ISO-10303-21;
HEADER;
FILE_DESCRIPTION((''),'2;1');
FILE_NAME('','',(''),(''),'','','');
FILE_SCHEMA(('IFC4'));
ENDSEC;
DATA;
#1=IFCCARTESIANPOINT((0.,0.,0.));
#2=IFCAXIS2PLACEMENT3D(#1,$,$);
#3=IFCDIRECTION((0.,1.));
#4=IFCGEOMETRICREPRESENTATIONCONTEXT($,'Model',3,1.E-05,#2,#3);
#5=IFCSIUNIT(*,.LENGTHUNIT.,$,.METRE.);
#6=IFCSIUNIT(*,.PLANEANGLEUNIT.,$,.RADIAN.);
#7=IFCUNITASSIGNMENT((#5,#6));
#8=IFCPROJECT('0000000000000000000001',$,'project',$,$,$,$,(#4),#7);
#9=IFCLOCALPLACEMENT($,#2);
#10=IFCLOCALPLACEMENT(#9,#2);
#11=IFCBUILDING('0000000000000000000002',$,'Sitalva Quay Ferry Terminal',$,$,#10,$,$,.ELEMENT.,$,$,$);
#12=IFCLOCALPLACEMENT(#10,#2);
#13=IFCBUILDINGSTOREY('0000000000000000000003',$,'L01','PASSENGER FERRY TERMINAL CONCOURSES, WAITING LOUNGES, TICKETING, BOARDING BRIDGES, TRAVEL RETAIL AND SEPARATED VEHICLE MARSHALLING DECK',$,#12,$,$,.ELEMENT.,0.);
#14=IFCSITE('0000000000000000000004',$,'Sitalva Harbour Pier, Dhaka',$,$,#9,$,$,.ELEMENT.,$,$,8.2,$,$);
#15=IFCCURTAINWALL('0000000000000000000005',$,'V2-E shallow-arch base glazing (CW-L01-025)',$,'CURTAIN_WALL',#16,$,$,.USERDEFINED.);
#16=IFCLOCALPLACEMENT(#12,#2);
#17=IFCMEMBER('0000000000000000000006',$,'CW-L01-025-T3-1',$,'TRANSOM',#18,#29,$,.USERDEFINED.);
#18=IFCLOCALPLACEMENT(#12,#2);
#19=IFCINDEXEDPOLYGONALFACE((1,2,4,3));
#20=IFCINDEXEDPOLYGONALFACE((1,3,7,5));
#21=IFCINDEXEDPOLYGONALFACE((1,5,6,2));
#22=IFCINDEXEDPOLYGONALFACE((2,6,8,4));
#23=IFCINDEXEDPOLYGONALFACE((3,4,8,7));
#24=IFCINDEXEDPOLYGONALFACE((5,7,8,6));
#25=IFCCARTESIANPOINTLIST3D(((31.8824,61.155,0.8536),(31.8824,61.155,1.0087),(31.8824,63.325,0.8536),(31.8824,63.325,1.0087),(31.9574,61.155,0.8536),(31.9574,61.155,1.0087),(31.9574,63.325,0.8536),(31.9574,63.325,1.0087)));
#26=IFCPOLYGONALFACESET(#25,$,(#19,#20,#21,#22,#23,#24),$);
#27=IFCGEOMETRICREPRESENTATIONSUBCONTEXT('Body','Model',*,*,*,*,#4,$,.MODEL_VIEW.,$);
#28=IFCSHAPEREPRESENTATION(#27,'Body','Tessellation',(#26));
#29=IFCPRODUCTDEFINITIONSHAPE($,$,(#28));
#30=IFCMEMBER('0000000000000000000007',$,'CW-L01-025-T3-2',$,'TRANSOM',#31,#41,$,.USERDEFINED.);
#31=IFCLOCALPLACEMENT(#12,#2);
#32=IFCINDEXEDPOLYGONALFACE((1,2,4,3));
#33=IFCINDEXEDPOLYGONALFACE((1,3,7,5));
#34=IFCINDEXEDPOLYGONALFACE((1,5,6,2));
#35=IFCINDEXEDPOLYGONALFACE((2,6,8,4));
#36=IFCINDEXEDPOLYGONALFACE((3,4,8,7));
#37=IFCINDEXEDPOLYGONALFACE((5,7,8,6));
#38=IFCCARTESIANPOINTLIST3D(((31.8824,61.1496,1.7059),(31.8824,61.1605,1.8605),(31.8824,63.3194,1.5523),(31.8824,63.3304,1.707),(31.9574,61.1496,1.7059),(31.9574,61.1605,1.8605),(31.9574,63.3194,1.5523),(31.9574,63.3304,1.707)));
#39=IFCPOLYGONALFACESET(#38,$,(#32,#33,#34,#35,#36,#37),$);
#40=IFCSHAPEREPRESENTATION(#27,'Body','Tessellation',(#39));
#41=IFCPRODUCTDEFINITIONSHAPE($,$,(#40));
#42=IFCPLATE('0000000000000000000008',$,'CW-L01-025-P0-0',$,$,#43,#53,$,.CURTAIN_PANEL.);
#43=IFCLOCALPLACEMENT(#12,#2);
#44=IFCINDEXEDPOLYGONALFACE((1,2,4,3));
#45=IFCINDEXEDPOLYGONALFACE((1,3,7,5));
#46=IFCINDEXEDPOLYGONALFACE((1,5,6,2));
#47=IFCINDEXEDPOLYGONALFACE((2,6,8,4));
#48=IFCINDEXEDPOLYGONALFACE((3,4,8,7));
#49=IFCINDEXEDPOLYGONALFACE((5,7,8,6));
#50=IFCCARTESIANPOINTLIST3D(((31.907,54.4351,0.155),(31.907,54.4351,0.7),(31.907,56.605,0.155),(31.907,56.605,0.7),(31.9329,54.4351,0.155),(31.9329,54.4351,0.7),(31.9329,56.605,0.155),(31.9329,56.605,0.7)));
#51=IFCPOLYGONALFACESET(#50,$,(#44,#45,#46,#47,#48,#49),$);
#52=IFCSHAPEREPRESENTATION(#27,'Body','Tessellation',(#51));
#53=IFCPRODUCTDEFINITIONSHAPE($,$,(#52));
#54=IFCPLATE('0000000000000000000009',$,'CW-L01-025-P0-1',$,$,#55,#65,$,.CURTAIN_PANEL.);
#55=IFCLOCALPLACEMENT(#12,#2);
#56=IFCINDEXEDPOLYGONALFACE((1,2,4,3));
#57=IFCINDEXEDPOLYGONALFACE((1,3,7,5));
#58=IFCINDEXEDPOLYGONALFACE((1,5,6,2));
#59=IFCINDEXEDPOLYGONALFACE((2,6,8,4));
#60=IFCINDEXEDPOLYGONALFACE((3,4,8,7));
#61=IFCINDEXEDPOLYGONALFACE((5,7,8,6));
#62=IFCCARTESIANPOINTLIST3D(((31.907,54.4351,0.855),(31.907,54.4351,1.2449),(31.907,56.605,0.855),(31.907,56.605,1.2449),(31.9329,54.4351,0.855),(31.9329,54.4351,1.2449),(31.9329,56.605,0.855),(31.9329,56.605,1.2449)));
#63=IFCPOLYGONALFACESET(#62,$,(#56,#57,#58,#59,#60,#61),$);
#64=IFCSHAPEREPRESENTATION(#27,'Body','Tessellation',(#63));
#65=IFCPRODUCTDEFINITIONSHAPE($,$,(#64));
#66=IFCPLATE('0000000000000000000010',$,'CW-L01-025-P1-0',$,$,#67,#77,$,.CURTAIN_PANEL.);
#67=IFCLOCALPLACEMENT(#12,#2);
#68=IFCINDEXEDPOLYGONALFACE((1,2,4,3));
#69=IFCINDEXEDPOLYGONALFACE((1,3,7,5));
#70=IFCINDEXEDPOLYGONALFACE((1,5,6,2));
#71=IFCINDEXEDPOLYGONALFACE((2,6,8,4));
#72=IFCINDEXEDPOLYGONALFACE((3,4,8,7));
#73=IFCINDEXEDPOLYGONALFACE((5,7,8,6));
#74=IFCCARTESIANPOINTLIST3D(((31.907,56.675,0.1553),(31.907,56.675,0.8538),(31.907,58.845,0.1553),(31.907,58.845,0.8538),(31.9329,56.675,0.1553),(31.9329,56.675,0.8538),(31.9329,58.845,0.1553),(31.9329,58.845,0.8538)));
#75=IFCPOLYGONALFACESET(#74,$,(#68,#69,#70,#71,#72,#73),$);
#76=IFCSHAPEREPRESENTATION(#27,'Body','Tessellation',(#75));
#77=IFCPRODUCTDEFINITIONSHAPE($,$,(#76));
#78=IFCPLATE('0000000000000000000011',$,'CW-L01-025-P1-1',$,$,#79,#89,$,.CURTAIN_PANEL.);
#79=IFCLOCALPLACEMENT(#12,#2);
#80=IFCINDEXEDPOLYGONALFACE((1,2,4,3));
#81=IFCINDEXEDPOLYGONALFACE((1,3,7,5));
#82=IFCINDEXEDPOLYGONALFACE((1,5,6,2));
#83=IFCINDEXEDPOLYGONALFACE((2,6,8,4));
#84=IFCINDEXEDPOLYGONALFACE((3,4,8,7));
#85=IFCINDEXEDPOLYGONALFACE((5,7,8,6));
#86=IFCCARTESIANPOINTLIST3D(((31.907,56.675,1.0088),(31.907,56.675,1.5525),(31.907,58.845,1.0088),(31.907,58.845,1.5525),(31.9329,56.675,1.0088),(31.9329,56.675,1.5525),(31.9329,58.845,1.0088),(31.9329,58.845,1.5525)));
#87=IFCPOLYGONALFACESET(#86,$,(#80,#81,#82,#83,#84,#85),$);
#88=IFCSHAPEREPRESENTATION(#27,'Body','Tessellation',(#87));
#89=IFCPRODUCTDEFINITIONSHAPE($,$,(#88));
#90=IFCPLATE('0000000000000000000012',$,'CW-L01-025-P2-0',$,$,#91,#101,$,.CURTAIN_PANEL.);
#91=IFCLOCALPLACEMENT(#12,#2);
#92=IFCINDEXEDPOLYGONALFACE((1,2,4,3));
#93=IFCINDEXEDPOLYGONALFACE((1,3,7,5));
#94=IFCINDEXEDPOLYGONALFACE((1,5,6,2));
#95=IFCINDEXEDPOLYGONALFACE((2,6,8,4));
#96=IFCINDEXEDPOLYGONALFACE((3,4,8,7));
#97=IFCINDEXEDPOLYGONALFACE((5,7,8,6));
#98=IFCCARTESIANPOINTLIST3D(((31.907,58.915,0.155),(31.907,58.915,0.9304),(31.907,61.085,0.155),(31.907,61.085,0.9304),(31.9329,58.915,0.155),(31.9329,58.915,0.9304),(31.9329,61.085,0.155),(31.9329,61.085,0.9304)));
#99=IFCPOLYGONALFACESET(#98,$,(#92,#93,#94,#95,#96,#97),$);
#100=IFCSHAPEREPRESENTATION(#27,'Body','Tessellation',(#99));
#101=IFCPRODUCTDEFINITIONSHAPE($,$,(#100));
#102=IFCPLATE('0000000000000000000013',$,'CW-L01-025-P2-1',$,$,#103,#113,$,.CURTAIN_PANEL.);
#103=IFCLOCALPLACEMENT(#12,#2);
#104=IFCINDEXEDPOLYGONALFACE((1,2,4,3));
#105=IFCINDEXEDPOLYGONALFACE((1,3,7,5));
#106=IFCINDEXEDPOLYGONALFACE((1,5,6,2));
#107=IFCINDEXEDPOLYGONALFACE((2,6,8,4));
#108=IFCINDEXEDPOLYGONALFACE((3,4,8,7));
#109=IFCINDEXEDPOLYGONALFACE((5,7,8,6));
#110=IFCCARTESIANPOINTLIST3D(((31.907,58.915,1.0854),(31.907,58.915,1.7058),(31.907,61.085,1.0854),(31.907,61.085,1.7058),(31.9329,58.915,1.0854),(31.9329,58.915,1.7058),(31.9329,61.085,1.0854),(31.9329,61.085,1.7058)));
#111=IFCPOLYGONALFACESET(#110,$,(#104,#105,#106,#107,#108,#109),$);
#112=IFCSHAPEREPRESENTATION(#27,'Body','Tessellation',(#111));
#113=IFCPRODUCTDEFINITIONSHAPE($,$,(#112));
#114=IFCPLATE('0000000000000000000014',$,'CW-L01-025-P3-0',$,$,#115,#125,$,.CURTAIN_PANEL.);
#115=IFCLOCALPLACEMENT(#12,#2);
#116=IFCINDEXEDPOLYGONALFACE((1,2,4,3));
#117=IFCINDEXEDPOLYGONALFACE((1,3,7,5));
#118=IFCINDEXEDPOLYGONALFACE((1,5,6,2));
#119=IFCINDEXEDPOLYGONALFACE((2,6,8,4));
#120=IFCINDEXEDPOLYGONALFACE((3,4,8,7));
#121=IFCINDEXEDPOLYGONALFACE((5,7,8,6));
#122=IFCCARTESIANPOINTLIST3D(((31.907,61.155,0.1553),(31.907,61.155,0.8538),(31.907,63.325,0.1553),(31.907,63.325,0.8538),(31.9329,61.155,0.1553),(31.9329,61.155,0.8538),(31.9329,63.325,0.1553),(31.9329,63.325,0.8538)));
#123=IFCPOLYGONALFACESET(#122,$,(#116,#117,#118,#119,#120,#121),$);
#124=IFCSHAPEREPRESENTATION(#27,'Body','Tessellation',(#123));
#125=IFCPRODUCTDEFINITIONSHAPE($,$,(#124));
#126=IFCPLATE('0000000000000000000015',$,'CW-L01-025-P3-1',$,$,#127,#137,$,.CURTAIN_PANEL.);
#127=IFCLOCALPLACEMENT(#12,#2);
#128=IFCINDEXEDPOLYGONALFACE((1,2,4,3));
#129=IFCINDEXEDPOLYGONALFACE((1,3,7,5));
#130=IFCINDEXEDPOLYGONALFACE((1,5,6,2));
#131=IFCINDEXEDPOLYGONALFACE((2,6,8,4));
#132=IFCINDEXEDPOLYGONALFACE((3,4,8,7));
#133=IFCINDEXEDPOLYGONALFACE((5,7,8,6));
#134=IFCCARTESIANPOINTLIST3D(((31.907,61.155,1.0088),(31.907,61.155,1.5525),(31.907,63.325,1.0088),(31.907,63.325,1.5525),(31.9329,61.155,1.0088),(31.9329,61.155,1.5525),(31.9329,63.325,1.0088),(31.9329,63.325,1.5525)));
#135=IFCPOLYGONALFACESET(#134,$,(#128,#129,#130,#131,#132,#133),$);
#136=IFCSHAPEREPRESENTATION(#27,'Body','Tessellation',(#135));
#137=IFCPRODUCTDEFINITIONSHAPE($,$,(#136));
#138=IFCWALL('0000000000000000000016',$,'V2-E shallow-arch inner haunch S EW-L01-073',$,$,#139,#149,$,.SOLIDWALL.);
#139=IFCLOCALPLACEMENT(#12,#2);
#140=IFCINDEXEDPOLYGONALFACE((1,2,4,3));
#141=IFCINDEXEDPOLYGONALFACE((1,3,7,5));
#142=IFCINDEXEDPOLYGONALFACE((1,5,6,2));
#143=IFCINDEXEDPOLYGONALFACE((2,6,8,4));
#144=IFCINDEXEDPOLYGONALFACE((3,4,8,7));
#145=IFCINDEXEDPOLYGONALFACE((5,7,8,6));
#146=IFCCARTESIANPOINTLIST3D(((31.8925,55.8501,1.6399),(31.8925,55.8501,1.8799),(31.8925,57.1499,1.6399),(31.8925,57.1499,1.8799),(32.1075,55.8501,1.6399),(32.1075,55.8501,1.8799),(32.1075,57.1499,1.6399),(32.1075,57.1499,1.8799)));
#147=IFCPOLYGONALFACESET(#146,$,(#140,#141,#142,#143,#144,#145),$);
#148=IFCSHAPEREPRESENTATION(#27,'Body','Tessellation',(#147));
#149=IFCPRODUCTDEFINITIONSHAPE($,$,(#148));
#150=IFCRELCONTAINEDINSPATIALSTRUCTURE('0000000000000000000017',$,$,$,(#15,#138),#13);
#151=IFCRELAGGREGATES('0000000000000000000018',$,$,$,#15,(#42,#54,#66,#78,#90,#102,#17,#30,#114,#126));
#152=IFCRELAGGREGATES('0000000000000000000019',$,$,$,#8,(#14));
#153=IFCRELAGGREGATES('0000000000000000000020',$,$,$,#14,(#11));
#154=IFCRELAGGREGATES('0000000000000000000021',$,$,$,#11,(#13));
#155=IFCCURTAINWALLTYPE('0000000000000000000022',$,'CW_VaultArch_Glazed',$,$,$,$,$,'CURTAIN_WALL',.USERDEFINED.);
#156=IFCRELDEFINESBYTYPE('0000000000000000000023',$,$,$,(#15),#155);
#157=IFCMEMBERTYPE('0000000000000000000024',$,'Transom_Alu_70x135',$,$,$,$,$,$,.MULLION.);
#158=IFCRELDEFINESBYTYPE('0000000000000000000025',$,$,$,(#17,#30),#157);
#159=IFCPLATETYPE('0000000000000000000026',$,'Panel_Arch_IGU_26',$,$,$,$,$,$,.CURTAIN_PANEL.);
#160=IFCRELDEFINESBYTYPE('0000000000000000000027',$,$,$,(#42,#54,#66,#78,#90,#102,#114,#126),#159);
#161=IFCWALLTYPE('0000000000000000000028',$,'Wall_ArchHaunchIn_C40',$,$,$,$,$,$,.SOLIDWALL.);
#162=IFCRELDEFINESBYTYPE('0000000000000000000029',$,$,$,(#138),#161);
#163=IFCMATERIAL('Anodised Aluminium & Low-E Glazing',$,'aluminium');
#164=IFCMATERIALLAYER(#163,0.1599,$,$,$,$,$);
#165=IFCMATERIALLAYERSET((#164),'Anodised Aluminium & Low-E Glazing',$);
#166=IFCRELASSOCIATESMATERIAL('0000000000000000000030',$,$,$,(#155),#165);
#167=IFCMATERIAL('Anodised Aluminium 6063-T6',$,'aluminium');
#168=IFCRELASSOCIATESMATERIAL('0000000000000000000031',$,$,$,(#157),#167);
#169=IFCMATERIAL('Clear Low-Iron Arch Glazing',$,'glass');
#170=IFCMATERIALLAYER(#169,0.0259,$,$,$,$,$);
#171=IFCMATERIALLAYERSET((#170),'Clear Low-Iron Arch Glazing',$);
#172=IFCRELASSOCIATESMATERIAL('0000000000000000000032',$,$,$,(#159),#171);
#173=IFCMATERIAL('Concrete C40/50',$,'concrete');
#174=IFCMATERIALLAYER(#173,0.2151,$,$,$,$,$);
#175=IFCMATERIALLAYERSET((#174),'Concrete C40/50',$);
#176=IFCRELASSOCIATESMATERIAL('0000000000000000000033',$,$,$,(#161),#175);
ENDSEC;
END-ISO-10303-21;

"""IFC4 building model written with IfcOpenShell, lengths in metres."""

from ifc_helpers import new_model, si_unit, direction, frame, frame_2d, origin, origin_2d, place, context, subcontext, project, spatial, rectangle, extrude, material, layer, layer_set, material_profile, profile_set, type_object, element, aggregate, save


model = new_model("IFC4")

# Units and contexts
model_context = context("Model", 3, precision=1e-05, world=origin(), true_north=direction((0.0, 1.0)))
body_context = subcontext(model_context, "Body", "Model", "MODEL_VIEW")
ifc_project = project(units=[si_unit("LENGTHUNIT", "METRE"), si_unit("PLANEANGLEUNIT", "RADIAN")], contexts=[model_context])

# Site, building, storey
site_placement = place(None, origin())
site = spatial("IfcSite", under=ifc_project, at=site_placement, Name="Sitalva Harbour Pier, Dhaka", CompositionType="ELEMENT", RefElevation=8.2)
building_placement = place(site_placement, origin())
building = spatial("IfcBuilding", under=site, at=building_placement, Name="Sitalva Quay Ferry Terminal", CompositionType="ELEMENT")
storey_placement = place(building_placement, origin())
storey = spatial("IfcBuildingStorey", under=building, at=storey_placement, Name="L01", Description="PASSENGER FERRY TERMINAL CONCOURSES, WAITING LOUNGES, TICKETING, BOARDING BRIDGES, TRAVEL RETAIL AND SEPARATED VEHICLE MARSHALLING DECK", CompositionType="ELEMENT", Elevation=0.0)

# Curtain wall, members, plates
ifc_material_1 = material(Name="Anodised Aluminium & Low-E Glazing", Category="aluminium")
ifc_layer_1 = layer(ifc_material_1, 0.1599)
ifc_layer_set_1 = layer_set([ifc_layer_1], Name="Anodised Aluminium & Low-E Glazing")
curtain_wall_type = type_object("IfcCurtainWallType", Name="CW_VaultArch_Glazed", ElementType="CURTAIN_WALL", PredefinedType="USERDEFINED", material=ifc_layer_set_1)
curtain_wall_placement = place(storey_placement, origin())
curtain_wall = element("IfcCurtainWall", 1, at=curtain_wall_placement, inside=storey, type_object=curtain_wall_type, Name="V2-E shallow-arch base glazing (CW-L01-025)", ObjectType="CURTAIN_WALL", PredefinedType="USERDEFINED")
ifc_material_2 = material(Name="Anodised Aluminium 6063-T6", Category="aluminium")
ifc_material_profile_1 = material_profile(ifc_material_2, rectangle(XDim=0.075, YDim=0.155, at=origin_2d()), Name="ALU75x155")
ifc_profile_set_1 = profile_set([ifc_material_profile_1], Name="Anodised Aluminium 6063-T6")
member_type_1 = type_object("IfcMemberType", Name="Transom_Alu_70x135", PredefinedType="MULLION", material=ifc_profile_set_1)
member_1_placement = place(storey_placement, frame((31.9199, 61.155, 0.9312), z_axis=(0.0, 1.0, 0.0), x_axis=(-1.0, 0.0, 0.0)))
member_1 = element("IfcMember", 2, at=member_1_placement, type_object=member_type_1, Name="CW-L01-025-T3-1", ObjectType="TRANSOM", PredefinedType="USERDEFINED", context=body_context, shape_type="SweptSolid", body=[
    extrude(rectangle(XDim=0.075, YDim=0.155, at=origin_2d()), origin(), (0.0, 0.0, 1.0), 2.1699),
])
member_2_placement = place(storey_placement, frame((31.9199, 61.155, 1.7832), z_axis=(0.0, 0.997505, -0.070593), x_axis=(-1.0, 0.0, 0.0)))
member_2 = element("IfcMember", 3, at=member_2_placement, type_object=member_type_1, Name="CW-L01-025-T3-2", ObjectType="TRANSOM", PredefinedType="USERDEFINED", context=body_context, shape_type="SweptSolid", body=[
    extrude(rectangle(XDim=0.075, YDim=0.155, at=origin_2d()), origin(), (0.0, 0.0, 1.0), 2.1753),
])
ifc_material_3 = material(Name="Clear Low-Iron Arch Glazing", Category="glass")
ifc_layer_2 = layer(ifc_material_3, 0.0259)
ifc_layer_set_2 = layer_set([ifc_layer_2], Name="Clear Low-Iron Arch Glazing")
plate_type = type_object("IfcPlateType", Name="Panel_Arch_IGU_26", PredefinedType="CURTAIN_PANEL", material=ifc_layer_set_2)
plate_1_placement = place(storey_placement, frame((31.9199, 55.52, 0.155), z_axis=(0.0, 0.0, 1.0), x_axis=(0.0, 1.0, 0.0)))
plate_1 = element("IfcPlate", 4, at=plate_1_placement, type_object=plate_type, Name="CW-L01-025-P0-0", PredefinedType="CURTAIN_PANEL", context=body_context, shape_type="SweptSolid", body=[
    extrude(rectangle(XDim=2.1699, YDim=0.0259, at=origin_2d()), origin(), (0.0, 0.0, 1.0), 0.5449),
])
plate_2_placement = place(storey_placement, frame((31.9199, 55.52, 0.855), z_axis=(0.0, 0.0, 1.0), x_axis=(0.0, 1.0, 0.0)))
plate_2 = element("IfcPlate", 5, at=plate_2_placement, type_object=plate_type, Name="CW-L01-025-P0-1", PredefinedType="CURTAIN_PANEL", context=body_context, shape_type="SweptSolid", body=[
    extrude(rectangle(XDim=2.1699, YDim=0.0259, at=origin_2d()), origin(), (0.0, 0.0, 1.0), 0.3899),
])
plate_3_placement = place(storey_placement, frame((31.9199, 57.76, 0.1553), z_axis=(0.0, 0.0, 1.0), x_axis=(0.0, 1.0, 0.0)))
plate_3 = element("IfcPlate", 6, at=plate_3_placement, type_object=plate_type, Name="CW-L01-025-P1-0", PredefinedType="CURTAIN_PANEL", context=body_context, shape_type="SweptSolid", body=[
    extrude(rectangle(XDim=2.1699, YDim=0.0259, at=origin_2d()), origin(), (0.0, 0.0, 1.0), 0.6985),
])
plate_4_placement = place(storey_placement, frame((31.9199, 57.76, 1.0088), z_axis=(0.0, 0.0, 1.0), x_axis=(0.0, 1.0, 0.0)))
plate_4 = element("IfcPlate", 7, at=plate_4_placement, type_object=plate_type, Name="CW-L01-025-P1-1", PredefinedType="CURTAIN_PANEL", context=body_context, shape_type="SweptSolid", body=[
    extrude(rectangle(XDim=2.1699, YDim=0.0259, at=origin_2d()), origin(), (0.0, 0.0, 1.0), 0.5437),
])
plate_5_placement = place(storey_placement, frame((31.9199, 60.0, 0.155), z_axis=(0.0, 0.0, 1.0), x_axis=(0.0, 1.0, 0.0)))
plate_5 = element("IfcPlate", 8, at=plate_5_placement, type_object=plate_type, Name="CW-L01-025-P2-0", PredefinedType="CURTAIN_PANEL", context=body_context, shape_type="SweptSolid", body=[
    extrude(rectangle(XDim=2.1699, YDim=0.0259, at=origin_2d()), origin(), (0.0, 0.0, 1.0), 0.7754),
])
plate_6_placement = place(storey_placement, frame((31.9199, 60.0, 1.0854), z_axis=(0.0, 0.0, 1.0), x_axis=(0.0, 1.0, 0.0)))
plate_6 = element("IfcPlate", 9, at=plate_6_placement, type_object=plate_type, Name="CW-L01-025-P2-1", PredefinedType="CURTAIN_PANEL", context=body_context, shape_type="SweptSolid", body=[
    extrude(rectangle(XDim=2.1699, YDim=0.0259, at=origin_2d()), origin(), (0.0, 0.0, 1.0), 0.6204),
])
plate_7_placement = place(storey_placement, frame((31.9199, 62.24, 0.1553), z_axis=(0.0, 0.0, 1.0), x_axis=(0.0, 1.0, 0.0)))
plate_7 = element("IfcPlate", 10, at=plate_7_placement, type_object=plate_type, Name="CW-L01-025-P3-0", PredefinedType="CURTAIN_PANEL", context=body_context, shape_type="SweptSolid", body=[
    extrude(rectangle(XDim=2.1699, YDim=0.0259, at=origin_2d()), origin(), (0.0, 0.0, 1.0), 0.6985),
])
plate_8_placement = place(storey_placement, frame((31.9199, 62.24, 1.0088), z_axis=(0.0, 0.0, 1.0), x_axis=(0.0, 1.0, 0.0)))
plate_8 = element("IfcPlate", 11, at=plate_8_placement, type_object=plate_type, Name="CW-L01-025-P3-1", PredefinedType="CURTAIN_PANEL", context=body_context, shape_type="SweptSolid", body=[
    extrude(rectangle(XDim=2.1699, YDim=0.0259, at=origin_2d()), origin(), (0.0, 0.0, 1.0), 0.5437),
])
aggregate(curtain_wall, [plate_1, plate_2, plate_3, plate_4, plate_5, plate_6, member_1, member_2, plate_7, plate_8])

# Wall
ifc_material_4 = material(Name="Concrete C40/50", Category="concrete")
ifc_layer_3 = layer(ifc_material_4, 0.2151)
ifc_layer_set_3 = layer_set([ifc_layer_3], Name="Concrete C40/50")
wall_type = type_object("IfcWallType", Name="Wall_ArchHaunchIn_C40", PredefinedType="SOLIDWALL", material=ifc_layer_set_3)
wall_placement = place(storey_placement, frame((32.0, 55.8501, 1.6399), z_axis=(0.0, 0.0, 1.0), x_axis=(0.0, 1.0, 0.0)))
element("IfcWall", 12, at=wall_placement, inside=storey, type_object=wall_type, Name="V2-E shallow-arch inner haunch S EW-L01-073", PredefinedType="SOLIDWALL", context=body_context, shape_type="SweptSolid", body=[
    extrude(rectangle(XDim=1.2998, YDim=0.2151, at=frame_2d((0.6499, 0.0))), origin(), (0.0, 0.0, 1.0), 0.24),
])

save(model, "model.ifc")
